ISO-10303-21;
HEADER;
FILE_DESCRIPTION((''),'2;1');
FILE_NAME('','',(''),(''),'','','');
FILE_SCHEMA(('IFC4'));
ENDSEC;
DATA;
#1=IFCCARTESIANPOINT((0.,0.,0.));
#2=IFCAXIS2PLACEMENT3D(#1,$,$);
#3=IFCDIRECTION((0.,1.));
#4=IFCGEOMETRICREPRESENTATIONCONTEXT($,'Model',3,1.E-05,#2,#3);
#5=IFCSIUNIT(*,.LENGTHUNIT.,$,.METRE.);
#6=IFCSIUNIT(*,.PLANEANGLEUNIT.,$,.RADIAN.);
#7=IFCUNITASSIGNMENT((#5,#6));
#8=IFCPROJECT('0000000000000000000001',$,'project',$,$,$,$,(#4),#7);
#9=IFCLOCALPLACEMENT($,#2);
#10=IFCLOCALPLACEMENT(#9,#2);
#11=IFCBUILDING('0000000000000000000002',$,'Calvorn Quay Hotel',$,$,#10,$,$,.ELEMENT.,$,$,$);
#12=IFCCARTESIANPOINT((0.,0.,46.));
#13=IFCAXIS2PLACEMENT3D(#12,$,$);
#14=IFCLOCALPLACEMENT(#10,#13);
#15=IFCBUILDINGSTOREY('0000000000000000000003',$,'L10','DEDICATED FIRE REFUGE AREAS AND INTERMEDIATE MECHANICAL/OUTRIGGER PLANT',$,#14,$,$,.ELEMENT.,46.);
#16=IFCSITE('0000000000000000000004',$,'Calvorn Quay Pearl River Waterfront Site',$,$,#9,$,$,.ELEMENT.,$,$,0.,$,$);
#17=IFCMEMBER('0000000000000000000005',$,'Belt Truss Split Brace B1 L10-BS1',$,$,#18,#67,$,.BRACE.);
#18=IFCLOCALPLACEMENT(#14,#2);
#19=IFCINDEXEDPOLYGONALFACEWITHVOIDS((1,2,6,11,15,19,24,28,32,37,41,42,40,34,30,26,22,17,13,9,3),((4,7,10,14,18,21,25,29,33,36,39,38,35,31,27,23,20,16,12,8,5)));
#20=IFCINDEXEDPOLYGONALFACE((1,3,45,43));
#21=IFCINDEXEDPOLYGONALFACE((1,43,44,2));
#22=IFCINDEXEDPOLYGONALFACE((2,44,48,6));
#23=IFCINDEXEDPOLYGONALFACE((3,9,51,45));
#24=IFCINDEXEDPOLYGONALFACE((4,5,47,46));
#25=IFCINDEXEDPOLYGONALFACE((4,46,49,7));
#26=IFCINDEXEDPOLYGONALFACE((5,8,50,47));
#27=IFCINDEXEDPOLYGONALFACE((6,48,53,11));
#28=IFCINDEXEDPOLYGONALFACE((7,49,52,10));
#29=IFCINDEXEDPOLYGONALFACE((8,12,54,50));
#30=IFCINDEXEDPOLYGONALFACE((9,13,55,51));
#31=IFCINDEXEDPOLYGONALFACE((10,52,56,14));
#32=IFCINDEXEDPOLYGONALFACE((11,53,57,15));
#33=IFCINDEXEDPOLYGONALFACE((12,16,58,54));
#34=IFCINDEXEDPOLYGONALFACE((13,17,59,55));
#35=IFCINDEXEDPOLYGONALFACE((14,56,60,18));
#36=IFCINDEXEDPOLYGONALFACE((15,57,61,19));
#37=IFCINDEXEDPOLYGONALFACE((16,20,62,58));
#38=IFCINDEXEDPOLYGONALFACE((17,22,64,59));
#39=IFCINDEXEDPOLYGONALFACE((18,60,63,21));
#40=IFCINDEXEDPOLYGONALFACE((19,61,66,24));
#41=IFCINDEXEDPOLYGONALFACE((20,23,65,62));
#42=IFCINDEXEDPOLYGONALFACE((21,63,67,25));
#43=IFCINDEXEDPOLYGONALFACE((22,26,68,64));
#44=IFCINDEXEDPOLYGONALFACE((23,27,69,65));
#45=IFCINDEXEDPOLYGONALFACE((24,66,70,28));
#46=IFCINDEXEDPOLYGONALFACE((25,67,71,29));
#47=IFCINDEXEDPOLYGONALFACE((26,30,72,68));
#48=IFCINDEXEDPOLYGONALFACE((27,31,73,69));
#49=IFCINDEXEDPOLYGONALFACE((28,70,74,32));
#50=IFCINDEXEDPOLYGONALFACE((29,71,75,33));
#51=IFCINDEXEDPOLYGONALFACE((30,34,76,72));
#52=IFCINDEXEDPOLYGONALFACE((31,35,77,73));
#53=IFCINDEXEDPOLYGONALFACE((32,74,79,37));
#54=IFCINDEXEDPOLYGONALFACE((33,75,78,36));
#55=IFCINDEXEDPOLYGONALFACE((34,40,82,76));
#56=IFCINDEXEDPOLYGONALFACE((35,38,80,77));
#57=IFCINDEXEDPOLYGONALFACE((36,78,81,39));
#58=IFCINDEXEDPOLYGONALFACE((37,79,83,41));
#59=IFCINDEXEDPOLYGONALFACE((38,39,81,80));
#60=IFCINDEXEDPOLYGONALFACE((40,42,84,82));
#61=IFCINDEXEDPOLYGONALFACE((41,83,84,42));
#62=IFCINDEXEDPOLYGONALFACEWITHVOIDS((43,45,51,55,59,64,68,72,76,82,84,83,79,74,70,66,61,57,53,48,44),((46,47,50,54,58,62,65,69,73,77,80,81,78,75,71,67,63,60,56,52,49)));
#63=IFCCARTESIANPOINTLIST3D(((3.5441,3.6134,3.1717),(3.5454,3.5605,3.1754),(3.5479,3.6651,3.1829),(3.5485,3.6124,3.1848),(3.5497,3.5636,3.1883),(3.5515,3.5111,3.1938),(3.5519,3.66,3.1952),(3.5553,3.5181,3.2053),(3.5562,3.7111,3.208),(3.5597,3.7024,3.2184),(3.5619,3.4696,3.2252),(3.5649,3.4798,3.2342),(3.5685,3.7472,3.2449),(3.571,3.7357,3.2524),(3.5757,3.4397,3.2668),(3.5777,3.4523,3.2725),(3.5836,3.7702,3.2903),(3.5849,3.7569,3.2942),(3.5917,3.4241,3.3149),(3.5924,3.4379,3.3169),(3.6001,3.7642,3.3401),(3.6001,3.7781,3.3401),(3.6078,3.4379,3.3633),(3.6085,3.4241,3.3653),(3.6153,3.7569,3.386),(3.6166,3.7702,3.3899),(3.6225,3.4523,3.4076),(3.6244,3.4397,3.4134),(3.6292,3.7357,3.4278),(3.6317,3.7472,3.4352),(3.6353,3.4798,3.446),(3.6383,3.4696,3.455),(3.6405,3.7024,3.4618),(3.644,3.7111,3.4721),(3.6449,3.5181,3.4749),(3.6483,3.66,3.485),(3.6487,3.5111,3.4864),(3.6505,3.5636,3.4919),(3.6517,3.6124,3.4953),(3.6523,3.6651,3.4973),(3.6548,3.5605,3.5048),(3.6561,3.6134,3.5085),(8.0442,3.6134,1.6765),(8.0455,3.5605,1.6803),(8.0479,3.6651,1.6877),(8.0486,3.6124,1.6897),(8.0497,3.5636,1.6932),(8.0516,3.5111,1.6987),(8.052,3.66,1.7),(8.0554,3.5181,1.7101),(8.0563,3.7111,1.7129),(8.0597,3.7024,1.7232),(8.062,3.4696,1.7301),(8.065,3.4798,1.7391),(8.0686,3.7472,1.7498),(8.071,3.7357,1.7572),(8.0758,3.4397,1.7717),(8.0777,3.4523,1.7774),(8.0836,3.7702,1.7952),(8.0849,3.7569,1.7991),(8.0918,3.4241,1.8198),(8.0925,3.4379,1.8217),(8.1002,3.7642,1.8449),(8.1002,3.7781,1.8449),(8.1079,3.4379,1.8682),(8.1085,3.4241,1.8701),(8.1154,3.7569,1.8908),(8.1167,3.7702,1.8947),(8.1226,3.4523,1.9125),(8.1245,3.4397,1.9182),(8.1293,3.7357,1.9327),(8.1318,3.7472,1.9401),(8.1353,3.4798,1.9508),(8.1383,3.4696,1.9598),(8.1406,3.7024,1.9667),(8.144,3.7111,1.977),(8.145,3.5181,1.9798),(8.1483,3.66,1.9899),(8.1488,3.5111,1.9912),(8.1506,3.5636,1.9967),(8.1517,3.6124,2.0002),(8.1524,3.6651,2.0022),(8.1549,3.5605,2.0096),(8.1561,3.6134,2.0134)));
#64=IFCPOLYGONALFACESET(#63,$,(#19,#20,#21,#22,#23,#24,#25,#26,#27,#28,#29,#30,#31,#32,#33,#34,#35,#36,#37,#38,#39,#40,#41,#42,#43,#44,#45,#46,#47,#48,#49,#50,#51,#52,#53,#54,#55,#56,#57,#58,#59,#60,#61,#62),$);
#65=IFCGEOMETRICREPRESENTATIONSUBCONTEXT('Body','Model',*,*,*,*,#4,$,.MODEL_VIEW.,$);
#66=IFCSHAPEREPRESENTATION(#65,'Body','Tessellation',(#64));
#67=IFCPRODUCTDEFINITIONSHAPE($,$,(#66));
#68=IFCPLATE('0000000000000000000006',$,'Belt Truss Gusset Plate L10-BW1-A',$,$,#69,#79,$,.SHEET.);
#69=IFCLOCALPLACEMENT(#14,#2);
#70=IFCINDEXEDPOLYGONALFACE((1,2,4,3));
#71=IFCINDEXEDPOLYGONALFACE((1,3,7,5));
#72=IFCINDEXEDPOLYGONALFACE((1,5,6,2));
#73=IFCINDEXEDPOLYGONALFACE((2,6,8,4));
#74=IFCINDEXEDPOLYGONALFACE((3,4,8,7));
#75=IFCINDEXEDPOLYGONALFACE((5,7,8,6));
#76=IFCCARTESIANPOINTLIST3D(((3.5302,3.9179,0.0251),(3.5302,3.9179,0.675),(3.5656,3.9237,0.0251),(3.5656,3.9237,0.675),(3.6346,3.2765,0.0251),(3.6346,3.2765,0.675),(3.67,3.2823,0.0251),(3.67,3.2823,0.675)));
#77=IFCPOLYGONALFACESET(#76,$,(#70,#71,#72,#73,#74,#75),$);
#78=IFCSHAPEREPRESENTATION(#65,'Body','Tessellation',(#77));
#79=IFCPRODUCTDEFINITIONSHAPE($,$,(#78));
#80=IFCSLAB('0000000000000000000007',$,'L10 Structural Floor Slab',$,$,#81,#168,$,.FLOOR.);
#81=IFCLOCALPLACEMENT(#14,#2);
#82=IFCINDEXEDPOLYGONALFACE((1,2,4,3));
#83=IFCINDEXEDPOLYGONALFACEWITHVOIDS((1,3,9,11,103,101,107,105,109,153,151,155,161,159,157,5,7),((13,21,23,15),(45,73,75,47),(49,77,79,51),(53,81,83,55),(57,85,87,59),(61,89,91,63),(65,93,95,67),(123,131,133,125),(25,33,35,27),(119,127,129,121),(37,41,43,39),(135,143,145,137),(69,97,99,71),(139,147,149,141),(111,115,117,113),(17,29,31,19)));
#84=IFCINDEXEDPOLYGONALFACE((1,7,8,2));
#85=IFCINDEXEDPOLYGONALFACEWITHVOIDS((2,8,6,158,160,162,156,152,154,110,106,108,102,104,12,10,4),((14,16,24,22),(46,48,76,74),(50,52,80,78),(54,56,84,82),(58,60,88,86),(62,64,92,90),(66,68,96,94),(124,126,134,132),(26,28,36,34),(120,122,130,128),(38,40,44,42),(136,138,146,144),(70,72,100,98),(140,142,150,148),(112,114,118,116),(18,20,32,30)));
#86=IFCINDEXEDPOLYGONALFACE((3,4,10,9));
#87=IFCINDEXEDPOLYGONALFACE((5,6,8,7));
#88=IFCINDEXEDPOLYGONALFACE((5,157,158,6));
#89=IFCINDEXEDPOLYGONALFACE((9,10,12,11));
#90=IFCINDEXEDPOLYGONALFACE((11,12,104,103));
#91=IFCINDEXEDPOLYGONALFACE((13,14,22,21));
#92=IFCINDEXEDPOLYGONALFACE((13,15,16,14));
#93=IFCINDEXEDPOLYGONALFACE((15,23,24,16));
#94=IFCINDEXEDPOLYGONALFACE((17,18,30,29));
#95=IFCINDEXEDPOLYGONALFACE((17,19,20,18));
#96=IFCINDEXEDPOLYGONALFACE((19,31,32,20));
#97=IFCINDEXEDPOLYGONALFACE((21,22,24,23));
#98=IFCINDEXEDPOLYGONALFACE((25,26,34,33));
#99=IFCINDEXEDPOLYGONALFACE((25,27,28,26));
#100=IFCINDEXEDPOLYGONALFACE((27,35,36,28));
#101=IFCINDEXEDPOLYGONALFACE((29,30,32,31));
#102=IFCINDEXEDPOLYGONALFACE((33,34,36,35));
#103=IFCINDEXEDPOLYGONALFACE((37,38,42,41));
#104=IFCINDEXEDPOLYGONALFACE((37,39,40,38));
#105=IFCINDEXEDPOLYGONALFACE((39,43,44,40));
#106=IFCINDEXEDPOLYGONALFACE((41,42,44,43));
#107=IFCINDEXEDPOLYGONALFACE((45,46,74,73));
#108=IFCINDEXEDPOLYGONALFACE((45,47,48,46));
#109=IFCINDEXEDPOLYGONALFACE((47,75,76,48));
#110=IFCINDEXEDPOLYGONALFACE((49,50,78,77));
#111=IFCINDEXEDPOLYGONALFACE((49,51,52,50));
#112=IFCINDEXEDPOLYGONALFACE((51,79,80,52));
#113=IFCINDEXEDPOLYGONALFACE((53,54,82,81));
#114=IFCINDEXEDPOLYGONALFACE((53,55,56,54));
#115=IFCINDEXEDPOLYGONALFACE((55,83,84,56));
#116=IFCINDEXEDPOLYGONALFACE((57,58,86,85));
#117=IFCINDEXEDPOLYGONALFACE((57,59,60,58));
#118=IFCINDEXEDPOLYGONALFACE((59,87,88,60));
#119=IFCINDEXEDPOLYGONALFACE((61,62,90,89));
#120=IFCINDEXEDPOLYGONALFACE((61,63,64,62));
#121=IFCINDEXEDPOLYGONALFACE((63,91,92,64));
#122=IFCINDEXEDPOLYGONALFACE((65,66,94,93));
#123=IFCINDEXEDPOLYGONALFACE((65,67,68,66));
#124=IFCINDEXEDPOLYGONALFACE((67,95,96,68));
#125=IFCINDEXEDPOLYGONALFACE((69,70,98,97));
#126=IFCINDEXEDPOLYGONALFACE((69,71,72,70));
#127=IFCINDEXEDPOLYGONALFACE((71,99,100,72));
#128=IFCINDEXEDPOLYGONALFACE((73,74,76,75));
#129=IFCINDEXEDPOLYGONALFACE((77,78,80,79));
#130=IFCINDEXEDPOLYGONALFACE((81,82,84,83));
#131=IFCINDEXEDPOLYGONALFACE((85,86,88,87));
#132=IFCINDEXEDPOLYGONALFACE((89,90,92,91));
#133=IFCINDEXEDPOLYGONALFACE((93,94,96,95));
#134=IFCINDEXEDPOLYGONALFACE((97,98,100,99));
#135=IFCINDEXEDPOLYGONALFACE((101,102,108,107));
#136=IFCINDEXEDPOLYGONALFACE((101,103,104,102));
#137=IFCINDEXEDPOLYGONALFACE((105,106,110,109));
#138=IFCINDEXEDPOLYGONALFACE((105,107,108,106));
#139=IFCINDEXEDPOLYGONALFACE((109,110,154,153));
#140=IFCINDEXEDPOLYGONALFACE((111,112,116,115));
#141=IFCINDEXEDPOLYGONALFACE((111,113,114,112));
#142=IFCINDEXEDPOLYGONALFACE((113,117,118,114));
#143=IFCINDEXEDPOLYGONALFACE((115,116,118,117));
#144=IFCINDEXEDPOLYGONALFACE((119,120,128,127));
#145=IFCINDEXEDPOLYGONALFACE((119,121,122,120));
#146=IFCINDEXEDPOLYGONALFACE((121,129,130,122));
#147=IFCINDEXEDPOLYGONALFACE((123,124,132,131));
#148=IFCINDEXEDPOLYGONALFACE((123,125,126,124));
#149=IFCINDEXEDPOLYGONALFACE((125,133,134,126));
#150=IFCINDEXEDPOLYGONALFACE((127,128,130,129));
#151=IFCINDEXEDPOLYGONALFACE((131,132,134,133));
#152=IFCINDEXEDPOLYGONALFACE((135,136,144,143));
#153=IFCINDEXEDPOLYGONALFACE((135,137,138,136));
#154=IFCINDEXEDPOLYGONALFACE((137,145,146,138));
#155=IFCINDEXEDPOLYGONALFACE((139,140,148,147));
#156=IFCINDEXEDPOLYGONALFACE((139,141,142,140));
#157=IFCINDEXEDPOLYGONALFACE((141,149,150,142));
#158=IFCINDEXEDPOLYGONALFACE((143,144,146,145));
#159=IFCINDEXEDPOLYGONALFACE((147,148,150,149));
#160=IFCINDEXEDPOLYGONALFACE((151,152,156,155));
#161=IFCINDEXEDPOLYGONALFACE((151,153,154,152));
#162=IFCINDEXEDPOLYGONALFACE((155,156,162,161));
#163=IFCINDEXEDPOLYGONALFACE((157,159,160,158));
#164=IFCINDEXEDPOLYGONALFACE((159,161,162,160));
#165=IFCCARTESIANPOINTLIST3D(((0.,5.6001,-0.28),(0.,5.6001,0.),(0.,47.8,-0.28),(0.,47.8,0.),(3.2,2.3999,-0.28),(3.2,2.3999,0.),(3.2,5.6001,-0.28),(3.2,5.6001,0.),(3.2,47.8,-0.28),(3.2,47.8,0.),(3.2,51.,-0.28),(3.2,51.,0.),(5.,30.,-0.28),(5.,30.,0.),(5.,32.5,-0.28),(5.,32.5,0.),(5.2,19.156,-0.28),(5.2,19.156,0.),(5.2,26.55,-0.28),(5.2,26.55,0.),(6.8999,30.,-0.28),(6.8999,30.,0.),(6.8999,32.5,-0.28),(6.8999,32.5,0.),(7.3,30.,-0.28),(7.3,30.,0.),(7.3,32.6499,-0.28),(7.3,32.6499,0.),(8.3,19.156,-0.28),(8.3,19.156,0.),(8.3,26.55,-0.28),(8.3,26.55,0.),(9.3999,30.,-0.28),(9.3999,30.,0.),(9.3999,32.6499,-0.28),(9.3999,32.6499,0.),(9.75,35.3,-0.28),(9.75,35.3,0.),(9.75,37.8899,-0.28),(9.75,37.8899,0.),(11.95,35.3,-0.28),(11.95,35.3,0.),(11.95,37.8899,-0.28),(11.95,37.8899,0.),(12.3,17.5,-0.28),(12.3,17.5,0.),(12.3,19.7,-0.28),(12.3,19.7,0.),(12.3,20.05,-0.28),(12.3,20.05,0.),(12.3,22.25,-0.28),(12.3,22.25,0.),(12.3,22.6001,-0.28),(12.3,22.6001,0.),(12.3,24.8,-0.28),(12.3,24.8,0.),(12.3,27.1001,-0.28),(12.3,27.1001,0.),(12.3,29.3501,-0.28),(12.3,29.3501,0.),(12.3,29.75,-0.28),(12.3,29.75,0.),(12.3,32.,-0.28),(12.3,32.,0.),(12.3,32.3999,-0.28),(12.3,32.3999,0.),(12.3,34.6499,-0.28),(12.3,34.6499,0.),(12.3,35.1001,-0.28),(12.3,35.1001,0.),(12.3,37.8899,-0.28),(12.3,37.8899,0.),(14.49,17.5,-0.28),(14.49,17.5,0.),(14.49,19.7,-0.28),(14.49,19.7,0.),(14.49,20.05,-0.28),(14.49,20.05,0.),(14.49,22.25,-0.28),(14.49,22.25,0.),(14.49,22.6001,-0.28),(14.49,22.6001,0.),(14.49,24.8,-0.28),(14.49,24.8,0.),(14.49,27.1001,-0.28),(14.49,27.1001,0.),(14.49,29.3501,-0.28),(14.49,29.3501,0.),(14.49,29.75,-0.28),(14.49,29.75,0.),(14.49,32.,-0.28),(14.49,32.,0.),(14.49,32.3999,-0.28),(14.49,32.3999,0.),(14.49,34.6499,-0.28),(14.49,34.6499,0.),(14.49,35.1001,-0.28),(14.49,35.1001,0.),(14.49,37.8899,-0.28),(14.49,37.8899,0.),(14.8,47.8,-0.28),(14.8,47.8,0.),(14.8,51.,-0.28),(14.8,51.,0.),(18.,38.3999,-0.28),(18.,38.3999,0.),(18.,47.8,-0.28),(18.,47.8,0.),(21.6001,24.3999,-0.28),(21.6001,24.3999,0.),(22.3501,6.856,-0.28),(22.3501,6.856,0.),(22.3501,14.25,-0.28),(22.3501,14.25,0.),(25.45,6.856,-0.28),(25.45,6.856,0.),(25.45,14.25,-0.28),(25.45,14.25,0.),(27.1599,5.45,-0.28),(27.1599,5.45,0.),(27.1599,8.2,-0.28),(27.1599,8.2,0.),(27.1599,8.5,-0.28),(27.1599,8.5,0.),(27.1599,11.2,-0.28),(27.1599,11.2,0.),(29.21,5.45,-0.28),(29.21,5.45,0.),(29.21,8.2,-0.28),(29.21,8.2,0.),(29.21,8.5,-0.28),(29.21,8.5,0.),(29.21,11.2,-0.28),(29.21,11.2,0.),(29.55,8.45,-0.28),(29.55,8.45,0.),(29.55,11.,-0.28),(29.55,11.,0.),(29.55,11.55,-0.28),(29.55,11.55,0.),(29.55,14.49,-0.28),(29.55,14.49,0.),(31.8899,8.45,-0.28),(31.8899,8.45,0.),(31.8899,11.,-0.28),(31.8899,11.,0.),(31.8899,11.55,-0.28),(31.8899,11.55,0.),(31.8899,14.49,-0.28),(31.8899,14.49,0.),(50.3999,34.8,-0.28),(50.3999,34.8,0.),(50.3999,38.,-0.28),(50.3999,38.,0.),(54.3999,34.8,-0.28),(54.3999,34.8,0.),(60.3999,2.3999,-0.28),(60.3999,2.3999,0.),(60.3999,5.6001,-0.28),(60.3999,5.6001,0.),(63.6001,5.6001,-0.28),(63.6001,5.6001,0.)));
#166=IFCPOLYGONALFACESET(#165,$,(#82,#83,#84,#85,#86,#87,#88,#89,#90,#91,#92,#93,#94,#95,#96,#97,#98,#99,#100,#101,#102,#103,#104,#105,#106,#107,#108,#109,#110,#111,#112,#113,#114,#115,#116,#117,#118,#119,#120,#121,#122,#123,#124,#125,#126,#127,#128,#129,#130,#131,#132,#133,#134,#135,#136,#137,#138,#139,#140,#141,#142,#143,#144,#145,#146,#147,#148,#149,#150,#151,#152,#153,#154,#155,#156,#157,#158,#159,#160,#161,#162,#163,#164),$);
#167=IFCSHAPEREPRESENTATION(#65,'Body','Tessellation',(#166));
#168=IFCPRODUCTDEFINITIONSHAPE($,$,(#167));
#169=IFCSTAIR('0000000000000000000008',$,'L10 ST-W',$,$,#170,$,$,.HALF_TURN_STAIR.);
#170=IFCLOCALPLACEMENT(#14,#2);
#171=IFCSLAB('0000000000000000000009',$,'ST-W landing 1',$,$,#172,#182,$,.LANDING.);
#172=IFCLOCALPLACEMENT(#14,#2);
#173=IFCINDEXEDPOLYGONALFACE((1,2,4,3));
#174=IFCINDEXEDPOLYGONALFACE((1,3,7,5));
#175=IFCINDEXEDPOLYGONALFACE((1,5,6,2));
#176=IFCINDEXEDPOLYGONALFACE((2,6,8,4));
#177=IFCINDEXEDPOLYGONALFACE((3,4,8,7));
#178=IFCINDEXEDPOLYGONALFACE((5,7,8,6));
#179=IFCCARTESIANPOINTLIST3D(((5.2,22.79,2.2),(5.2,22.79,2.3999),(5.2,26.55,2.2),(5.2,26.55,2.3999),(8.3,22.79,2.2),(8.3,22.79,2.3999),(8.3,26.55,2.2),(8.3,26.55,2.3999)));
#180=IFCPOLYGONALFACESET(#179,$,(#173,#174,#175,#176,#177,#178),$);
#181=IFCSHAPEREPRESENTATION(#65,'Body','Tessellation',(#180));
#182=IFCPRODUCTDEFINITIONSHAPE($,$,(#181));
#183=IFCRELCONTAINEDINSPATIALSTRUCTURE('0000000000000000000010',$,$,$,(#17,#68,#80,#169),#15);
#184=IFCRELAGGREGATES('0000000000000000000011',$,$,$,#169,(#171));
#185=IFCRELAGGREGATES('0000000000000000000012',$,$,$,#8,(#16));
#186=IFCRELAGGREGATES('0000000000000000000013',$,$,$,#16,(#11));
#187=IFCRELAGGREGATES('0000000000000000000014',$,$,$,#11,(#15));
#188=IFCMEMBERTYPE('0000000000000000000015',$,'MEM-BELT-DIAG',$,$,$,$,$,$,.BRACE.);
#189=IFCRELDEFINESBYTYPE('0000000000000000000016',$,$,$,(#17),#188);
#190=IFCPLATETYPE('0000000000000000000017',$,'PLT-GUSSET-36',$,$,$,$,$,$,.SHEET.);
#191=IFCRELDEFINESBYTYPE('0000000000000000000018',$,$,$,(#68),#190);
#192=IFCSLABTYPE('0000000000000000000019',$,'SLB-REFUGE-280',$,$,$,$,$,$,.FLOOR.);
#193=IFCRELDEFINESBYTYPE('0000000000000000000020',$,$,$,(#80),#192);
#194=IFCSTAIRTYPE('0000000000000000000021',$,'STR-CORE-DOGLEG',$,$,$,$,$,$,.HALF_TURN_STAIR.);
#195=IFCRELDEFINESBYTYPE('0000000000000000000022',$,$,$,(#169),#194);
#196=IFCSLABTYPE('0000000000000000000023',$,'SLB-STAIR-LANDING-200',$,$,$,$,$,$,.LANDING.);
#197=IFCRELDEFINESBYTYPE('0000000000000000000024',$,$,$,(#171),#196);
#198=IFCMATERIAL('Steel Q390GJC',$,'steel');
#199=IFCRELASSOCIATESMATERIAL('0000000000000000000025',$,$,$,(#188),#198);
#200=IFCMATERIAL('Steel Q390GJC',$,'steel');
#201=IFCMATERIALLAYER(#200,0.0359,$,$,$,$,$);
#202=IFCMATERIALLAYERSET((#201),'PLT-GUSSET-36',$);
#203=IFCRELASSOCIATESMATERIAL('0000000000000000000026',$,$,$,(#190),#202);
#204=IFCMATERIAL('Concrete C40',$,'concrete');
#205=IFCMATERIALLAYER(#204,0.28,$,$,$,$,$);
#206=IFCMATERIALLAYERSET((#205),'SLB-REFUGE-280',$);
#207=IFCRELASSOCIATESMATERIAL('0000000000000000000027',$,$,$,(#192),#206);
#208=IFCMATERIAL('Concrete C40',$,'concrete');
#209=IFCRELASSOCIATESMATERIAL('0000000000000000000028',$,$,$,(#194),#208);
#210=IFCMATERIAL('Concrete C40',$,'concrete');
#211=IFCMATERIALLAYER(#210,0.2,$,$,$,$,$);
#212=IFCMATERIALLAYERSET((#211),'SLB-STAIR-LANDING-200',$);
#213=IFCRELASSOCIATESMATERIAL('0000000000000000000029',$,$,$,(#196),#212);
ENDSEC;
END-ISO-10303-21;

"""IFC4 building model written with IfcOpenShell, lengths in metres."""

from ifc_helpers import new_model, si_unit, direction, frame, origin, origin_2d, place, context, subcontext, project, spatial, polyline, rectangle, hollow_circle, outline, extrude, material, layer, layer_set, material_profile, profile_set, type_object, element, aggregate, save


model = new_model("IFC4")

# Units and contexts
model_context = context("Model", 3, precision=1e-05, world=origin(), true_north=direction((0.0, 1.0)))
body_context = subcontext(model_context, "Body", "Model", "MODEL_VIEW")
ifc_project = project(units=[si_unit("LENGTHUNIT", "METRE"), si_unit("PLANEANGLEUNIT", "RADIAN")], contexts=[model_context])

# Site, building, storey
site_placement = place(None, origin())
site = spatial("IfcSite", under=ifc_project, at=site_placement, Name="Calvorn Quay Pearl River Waterfront Site", CompositionType="ELEMENT", RefElevation=0.0)
building_placement = place(site_placement, origin())
building = spatial("IfcBuilding", under=site, at=building_placement, Name="Calvorn Quay Hotel", CompositionType="ELEMENT")
storey_placement = place(building_placement, frame((0.0, 0.0, 46.0)))
storey = spatial("IfcBuildingStorey", under=building, at=storey_placement, Name="L10", Description="DEDICATED FIRE REFUGE AREAS AND INTERMEDIATE MECHANICAL/OUTRIGGER PLANT", CompositionType="ELEMENT", Elevation=46.0)

# Member
ifc_material_1 = material(Name="Steel Q390GJC", Category="steel")
ifc_material_profile_1 = material_profile(ifc_material_1, hollow_circle(Radius=0.178, WallThickness=0.0139, at=origin_2d()), Name="CHS356x14")
ifc_profile_set_1 = profile_set([ifc_material_profile_1], Name="Steel Q390GJC")
member_type_1 = type_object("IfcMemberType", Name="MEM-BELT-DIAG", PredefinedType="BRACE", material=ifc_profile_set_1)
member_1_placement = place(storey_placement, frame((3.6001, 3.6001, 3.3401), z_axis=(0.948992, 0.0, -0.315301), x_axis=(0.0, 1.0, 0.0)))
element("IfcMember", 1, at=member_1_placement, inside=storey, type_object=member_type_1, Name="Belt Truss Split Brace B1 L10-BS1", PredefinedType="BRACE", context=body_context, shape_type="SweptSolid", body=[
    extrude(hollow_circle(Radius=0.178, WallThickness=0.0139, at=origin_2d()), origin(), (0.0, 0.0, 1.0), 4.7419),
])

# Plate
ifc_material_2 = material(Name="Steel Q390GJC", Category="steel")
ifc_layer_1 = layer(ifc_material_2, 0.0359)
ifc_layer_set_1 = layer_set([ifc_layer_1], Name="PLT-GUSSET-36")
plate_type = type_object("IfcPlateType", Name="PLT-GUSSET-36", PredefinedType="SHEET", material=ifc_layer_set_1)
plate_placement = place(storey_placement, frame((3.6001, 3.6001, 0.0251), z_axis=(0.0, 0.0, 1.0), x_axis=(-0.160743, 0.986996, 0.0)))
element("IfcPlate", 2, at=plate_placement, inside=storey, type_object=plate_type, Name="Belt Truss Gusset Plate L10-BW1-A", PredefinedType="SHEET", context=body_context, shape_type="SweptSolid", body=[
    extrude(rectangle(XDim=0.6499, YDim=0.0359, at=origin_2d()), origin(), (0.0, 0.0, 1.0), 0.6499),
])

# Slab
ifc_material_3 = material(Name="Concrete C40", Category="concrete")
ifc_layer_2 = layer(ifc_material_3, 0.28)
ifc_layer_set_2 = layer_set([ifc_layer_2], Name="SLB-REFUGE-280")
slab_type_1 = type_object("IfcSlabType", Name="SLB-REFUGE-280", PredefinedType="FLOOR", material=ifc_layer_set_2)
slab_1_placement = place(storey_placement, frame((0.0, 0.0, -0.28)))
element("IfcSlab", 3, at=slab_1_placement, inside=storey, type_object=slab_type_1, Name="L10 Structural Floor Slab", PredefinedType="FLOOR", context=body_context, shape_type="SweptSolid", body=[
    extrude(outline(polyline([(0.0, 5.6001), (3.2, 5.6001), (3.2, 2.3999), (60.3999, 2.3999), (60.3999, 5.6001), (63.6001, 5.6001), (54.3999, 34.8), (50.3999, 34.8), (50.3999, 38.0), (21.6001, 24.3999), (18.0, 38.3999), (18.0, 47.8), (14.8, 47.8), (14.8, 51.0), (3.2, 51.0), (3.2, 47.8), (0.0, 47.8), (0.0, 5.6001)]), holes=[polyline([(5.2, 19.156), (8.3, 19.156), (8.3, 26.55), (5.2, 26.55), (5.2, 19.156)]), polyline([(22.3501, 6.856), (25.45, 6.856), (25.45, 14.25), (22.3501, 14.25), (22.3501, 6.856)]), polyline([(5.0, 30.0), (6.8999, 30.0), (6.8999, 32.5), (5.0, 32.5), (5.0, 30.0)]), polyline([(7.3, 30.0), (9.3999, 30.0), (9.3999, 32.6499), (7.3, 32.6499), (7.3, 30.0)]), polyline([(27.1599, 8.5), (29.21, 8.5), (29.21, 11.2), (27.1599, 11.2), (27.1599, 8.5)]), polyline([(27.1599, 5.45), (29.21, 5.45), (29.21, 8.2), (27.1599, 8.2), (27.1599, 5.45)]), polyline([(12.3, 17.5), (14.49, 17.5), (14.49, 19.7), (12.3, 19.7), (12.3, 17.5)]), polyline([(12.3, 20.05), (14.49, 20.05), (14.49, 22.25), (12.3, 22.25), (12.3, 20.05)]), polyline([(12.3, 22.6001), (14.49, 22.6001), (14.49, 24.8), (12.3, 24.8), (12.3, 22.6001)]), polyline([(12.3, 27.1001), (14.49, 27.1001), (14.49, 29.3501), (12.3, 29.3501), (12.3, 27.1001)]), polyline([(12.3, 29.75), (14.49, 29.75), (14.49, 32.0), (12.3, 32.0), (12.3, 29.75)]), polyline([(12.3, 32.3999), (14.49, 32.3999), (14.49, 34.6499), (12.3, 34.6499), (12.3, 32.3999)]), polyline([(12.3, 35.1001), (14.49, 35.1001), (14.49, 37.8899), (12.3, 37.8899), (12.3, 35.1001)]), polyline([(9.75, 35.3), (11.95, 35.3), (11.95, 37.8899), (9.75, 37.8899), (9.75, 35.3)]), polyline([(29.55, 11.55), (31.8899, 11.55), (31.8899, 14.49), (29.55, 14.49), (29.55, 11.55)]), polyline([(29.55, 8.45), (31.8899, 8.45), (31.8899, 11.0), (29.55, 11.0), (29.55, 8.45)])]), origin(), (0.0, 0.0, 1.0), 0.28),
])

# Stair, slab
ifc_material_4 = material(Name="Concrete C40", Category="concrete")
stair_type = type_object("IfcStairType", Name="STR-CORE-DOGLEG", PredefinedType="HALF_TURN_STAIR", material=ifc_material_4)
stair_1_placement = place(storey_placement, origin())
stair_1 = element("IfcStair", 4, at=stair_1_placement, inside=storey, type_object=stair_type, Name="L10 ST-W", PredefinedType="HALF_TURN_STAIR")
ifc_material_5 = material(Name="Concrete C40", Category="concrete")
ifc_layer_3 = layer(ifc_material_5, 0.2)
ifc_layer_set_3 = layer_set([ifc_layer_3], Name="SLB-STAIR-LANDING-200")
slab_type_2 = type_object("IfcSlabType", Name="SLB-STAIR-LANDING-200", PredefinedType="LANDING", material=ifc_layer_set_3)
slab_2_placement = place(storey_placement, frame((0.0, 0.0, 2.2)))
slab_2 = element("IfcSlab", 5, at=slab_2_placement, type_object=slab_type_2, Name="ST-W landing 1", PredefinedType="LANDING", context=body_context, shape_type="SweptSolid", body=[
    extrude(outline(polyline([(8.3, 22.79), (8.3, 26.55), (5.2, 26.55), (5.2, 22.79), (8.3, 22.79)])), origin(), (0.0, 0.0, 1.0), 0.2),
])
aggregate(stair_1, [slab_2])

save(model, "model.ifc")
